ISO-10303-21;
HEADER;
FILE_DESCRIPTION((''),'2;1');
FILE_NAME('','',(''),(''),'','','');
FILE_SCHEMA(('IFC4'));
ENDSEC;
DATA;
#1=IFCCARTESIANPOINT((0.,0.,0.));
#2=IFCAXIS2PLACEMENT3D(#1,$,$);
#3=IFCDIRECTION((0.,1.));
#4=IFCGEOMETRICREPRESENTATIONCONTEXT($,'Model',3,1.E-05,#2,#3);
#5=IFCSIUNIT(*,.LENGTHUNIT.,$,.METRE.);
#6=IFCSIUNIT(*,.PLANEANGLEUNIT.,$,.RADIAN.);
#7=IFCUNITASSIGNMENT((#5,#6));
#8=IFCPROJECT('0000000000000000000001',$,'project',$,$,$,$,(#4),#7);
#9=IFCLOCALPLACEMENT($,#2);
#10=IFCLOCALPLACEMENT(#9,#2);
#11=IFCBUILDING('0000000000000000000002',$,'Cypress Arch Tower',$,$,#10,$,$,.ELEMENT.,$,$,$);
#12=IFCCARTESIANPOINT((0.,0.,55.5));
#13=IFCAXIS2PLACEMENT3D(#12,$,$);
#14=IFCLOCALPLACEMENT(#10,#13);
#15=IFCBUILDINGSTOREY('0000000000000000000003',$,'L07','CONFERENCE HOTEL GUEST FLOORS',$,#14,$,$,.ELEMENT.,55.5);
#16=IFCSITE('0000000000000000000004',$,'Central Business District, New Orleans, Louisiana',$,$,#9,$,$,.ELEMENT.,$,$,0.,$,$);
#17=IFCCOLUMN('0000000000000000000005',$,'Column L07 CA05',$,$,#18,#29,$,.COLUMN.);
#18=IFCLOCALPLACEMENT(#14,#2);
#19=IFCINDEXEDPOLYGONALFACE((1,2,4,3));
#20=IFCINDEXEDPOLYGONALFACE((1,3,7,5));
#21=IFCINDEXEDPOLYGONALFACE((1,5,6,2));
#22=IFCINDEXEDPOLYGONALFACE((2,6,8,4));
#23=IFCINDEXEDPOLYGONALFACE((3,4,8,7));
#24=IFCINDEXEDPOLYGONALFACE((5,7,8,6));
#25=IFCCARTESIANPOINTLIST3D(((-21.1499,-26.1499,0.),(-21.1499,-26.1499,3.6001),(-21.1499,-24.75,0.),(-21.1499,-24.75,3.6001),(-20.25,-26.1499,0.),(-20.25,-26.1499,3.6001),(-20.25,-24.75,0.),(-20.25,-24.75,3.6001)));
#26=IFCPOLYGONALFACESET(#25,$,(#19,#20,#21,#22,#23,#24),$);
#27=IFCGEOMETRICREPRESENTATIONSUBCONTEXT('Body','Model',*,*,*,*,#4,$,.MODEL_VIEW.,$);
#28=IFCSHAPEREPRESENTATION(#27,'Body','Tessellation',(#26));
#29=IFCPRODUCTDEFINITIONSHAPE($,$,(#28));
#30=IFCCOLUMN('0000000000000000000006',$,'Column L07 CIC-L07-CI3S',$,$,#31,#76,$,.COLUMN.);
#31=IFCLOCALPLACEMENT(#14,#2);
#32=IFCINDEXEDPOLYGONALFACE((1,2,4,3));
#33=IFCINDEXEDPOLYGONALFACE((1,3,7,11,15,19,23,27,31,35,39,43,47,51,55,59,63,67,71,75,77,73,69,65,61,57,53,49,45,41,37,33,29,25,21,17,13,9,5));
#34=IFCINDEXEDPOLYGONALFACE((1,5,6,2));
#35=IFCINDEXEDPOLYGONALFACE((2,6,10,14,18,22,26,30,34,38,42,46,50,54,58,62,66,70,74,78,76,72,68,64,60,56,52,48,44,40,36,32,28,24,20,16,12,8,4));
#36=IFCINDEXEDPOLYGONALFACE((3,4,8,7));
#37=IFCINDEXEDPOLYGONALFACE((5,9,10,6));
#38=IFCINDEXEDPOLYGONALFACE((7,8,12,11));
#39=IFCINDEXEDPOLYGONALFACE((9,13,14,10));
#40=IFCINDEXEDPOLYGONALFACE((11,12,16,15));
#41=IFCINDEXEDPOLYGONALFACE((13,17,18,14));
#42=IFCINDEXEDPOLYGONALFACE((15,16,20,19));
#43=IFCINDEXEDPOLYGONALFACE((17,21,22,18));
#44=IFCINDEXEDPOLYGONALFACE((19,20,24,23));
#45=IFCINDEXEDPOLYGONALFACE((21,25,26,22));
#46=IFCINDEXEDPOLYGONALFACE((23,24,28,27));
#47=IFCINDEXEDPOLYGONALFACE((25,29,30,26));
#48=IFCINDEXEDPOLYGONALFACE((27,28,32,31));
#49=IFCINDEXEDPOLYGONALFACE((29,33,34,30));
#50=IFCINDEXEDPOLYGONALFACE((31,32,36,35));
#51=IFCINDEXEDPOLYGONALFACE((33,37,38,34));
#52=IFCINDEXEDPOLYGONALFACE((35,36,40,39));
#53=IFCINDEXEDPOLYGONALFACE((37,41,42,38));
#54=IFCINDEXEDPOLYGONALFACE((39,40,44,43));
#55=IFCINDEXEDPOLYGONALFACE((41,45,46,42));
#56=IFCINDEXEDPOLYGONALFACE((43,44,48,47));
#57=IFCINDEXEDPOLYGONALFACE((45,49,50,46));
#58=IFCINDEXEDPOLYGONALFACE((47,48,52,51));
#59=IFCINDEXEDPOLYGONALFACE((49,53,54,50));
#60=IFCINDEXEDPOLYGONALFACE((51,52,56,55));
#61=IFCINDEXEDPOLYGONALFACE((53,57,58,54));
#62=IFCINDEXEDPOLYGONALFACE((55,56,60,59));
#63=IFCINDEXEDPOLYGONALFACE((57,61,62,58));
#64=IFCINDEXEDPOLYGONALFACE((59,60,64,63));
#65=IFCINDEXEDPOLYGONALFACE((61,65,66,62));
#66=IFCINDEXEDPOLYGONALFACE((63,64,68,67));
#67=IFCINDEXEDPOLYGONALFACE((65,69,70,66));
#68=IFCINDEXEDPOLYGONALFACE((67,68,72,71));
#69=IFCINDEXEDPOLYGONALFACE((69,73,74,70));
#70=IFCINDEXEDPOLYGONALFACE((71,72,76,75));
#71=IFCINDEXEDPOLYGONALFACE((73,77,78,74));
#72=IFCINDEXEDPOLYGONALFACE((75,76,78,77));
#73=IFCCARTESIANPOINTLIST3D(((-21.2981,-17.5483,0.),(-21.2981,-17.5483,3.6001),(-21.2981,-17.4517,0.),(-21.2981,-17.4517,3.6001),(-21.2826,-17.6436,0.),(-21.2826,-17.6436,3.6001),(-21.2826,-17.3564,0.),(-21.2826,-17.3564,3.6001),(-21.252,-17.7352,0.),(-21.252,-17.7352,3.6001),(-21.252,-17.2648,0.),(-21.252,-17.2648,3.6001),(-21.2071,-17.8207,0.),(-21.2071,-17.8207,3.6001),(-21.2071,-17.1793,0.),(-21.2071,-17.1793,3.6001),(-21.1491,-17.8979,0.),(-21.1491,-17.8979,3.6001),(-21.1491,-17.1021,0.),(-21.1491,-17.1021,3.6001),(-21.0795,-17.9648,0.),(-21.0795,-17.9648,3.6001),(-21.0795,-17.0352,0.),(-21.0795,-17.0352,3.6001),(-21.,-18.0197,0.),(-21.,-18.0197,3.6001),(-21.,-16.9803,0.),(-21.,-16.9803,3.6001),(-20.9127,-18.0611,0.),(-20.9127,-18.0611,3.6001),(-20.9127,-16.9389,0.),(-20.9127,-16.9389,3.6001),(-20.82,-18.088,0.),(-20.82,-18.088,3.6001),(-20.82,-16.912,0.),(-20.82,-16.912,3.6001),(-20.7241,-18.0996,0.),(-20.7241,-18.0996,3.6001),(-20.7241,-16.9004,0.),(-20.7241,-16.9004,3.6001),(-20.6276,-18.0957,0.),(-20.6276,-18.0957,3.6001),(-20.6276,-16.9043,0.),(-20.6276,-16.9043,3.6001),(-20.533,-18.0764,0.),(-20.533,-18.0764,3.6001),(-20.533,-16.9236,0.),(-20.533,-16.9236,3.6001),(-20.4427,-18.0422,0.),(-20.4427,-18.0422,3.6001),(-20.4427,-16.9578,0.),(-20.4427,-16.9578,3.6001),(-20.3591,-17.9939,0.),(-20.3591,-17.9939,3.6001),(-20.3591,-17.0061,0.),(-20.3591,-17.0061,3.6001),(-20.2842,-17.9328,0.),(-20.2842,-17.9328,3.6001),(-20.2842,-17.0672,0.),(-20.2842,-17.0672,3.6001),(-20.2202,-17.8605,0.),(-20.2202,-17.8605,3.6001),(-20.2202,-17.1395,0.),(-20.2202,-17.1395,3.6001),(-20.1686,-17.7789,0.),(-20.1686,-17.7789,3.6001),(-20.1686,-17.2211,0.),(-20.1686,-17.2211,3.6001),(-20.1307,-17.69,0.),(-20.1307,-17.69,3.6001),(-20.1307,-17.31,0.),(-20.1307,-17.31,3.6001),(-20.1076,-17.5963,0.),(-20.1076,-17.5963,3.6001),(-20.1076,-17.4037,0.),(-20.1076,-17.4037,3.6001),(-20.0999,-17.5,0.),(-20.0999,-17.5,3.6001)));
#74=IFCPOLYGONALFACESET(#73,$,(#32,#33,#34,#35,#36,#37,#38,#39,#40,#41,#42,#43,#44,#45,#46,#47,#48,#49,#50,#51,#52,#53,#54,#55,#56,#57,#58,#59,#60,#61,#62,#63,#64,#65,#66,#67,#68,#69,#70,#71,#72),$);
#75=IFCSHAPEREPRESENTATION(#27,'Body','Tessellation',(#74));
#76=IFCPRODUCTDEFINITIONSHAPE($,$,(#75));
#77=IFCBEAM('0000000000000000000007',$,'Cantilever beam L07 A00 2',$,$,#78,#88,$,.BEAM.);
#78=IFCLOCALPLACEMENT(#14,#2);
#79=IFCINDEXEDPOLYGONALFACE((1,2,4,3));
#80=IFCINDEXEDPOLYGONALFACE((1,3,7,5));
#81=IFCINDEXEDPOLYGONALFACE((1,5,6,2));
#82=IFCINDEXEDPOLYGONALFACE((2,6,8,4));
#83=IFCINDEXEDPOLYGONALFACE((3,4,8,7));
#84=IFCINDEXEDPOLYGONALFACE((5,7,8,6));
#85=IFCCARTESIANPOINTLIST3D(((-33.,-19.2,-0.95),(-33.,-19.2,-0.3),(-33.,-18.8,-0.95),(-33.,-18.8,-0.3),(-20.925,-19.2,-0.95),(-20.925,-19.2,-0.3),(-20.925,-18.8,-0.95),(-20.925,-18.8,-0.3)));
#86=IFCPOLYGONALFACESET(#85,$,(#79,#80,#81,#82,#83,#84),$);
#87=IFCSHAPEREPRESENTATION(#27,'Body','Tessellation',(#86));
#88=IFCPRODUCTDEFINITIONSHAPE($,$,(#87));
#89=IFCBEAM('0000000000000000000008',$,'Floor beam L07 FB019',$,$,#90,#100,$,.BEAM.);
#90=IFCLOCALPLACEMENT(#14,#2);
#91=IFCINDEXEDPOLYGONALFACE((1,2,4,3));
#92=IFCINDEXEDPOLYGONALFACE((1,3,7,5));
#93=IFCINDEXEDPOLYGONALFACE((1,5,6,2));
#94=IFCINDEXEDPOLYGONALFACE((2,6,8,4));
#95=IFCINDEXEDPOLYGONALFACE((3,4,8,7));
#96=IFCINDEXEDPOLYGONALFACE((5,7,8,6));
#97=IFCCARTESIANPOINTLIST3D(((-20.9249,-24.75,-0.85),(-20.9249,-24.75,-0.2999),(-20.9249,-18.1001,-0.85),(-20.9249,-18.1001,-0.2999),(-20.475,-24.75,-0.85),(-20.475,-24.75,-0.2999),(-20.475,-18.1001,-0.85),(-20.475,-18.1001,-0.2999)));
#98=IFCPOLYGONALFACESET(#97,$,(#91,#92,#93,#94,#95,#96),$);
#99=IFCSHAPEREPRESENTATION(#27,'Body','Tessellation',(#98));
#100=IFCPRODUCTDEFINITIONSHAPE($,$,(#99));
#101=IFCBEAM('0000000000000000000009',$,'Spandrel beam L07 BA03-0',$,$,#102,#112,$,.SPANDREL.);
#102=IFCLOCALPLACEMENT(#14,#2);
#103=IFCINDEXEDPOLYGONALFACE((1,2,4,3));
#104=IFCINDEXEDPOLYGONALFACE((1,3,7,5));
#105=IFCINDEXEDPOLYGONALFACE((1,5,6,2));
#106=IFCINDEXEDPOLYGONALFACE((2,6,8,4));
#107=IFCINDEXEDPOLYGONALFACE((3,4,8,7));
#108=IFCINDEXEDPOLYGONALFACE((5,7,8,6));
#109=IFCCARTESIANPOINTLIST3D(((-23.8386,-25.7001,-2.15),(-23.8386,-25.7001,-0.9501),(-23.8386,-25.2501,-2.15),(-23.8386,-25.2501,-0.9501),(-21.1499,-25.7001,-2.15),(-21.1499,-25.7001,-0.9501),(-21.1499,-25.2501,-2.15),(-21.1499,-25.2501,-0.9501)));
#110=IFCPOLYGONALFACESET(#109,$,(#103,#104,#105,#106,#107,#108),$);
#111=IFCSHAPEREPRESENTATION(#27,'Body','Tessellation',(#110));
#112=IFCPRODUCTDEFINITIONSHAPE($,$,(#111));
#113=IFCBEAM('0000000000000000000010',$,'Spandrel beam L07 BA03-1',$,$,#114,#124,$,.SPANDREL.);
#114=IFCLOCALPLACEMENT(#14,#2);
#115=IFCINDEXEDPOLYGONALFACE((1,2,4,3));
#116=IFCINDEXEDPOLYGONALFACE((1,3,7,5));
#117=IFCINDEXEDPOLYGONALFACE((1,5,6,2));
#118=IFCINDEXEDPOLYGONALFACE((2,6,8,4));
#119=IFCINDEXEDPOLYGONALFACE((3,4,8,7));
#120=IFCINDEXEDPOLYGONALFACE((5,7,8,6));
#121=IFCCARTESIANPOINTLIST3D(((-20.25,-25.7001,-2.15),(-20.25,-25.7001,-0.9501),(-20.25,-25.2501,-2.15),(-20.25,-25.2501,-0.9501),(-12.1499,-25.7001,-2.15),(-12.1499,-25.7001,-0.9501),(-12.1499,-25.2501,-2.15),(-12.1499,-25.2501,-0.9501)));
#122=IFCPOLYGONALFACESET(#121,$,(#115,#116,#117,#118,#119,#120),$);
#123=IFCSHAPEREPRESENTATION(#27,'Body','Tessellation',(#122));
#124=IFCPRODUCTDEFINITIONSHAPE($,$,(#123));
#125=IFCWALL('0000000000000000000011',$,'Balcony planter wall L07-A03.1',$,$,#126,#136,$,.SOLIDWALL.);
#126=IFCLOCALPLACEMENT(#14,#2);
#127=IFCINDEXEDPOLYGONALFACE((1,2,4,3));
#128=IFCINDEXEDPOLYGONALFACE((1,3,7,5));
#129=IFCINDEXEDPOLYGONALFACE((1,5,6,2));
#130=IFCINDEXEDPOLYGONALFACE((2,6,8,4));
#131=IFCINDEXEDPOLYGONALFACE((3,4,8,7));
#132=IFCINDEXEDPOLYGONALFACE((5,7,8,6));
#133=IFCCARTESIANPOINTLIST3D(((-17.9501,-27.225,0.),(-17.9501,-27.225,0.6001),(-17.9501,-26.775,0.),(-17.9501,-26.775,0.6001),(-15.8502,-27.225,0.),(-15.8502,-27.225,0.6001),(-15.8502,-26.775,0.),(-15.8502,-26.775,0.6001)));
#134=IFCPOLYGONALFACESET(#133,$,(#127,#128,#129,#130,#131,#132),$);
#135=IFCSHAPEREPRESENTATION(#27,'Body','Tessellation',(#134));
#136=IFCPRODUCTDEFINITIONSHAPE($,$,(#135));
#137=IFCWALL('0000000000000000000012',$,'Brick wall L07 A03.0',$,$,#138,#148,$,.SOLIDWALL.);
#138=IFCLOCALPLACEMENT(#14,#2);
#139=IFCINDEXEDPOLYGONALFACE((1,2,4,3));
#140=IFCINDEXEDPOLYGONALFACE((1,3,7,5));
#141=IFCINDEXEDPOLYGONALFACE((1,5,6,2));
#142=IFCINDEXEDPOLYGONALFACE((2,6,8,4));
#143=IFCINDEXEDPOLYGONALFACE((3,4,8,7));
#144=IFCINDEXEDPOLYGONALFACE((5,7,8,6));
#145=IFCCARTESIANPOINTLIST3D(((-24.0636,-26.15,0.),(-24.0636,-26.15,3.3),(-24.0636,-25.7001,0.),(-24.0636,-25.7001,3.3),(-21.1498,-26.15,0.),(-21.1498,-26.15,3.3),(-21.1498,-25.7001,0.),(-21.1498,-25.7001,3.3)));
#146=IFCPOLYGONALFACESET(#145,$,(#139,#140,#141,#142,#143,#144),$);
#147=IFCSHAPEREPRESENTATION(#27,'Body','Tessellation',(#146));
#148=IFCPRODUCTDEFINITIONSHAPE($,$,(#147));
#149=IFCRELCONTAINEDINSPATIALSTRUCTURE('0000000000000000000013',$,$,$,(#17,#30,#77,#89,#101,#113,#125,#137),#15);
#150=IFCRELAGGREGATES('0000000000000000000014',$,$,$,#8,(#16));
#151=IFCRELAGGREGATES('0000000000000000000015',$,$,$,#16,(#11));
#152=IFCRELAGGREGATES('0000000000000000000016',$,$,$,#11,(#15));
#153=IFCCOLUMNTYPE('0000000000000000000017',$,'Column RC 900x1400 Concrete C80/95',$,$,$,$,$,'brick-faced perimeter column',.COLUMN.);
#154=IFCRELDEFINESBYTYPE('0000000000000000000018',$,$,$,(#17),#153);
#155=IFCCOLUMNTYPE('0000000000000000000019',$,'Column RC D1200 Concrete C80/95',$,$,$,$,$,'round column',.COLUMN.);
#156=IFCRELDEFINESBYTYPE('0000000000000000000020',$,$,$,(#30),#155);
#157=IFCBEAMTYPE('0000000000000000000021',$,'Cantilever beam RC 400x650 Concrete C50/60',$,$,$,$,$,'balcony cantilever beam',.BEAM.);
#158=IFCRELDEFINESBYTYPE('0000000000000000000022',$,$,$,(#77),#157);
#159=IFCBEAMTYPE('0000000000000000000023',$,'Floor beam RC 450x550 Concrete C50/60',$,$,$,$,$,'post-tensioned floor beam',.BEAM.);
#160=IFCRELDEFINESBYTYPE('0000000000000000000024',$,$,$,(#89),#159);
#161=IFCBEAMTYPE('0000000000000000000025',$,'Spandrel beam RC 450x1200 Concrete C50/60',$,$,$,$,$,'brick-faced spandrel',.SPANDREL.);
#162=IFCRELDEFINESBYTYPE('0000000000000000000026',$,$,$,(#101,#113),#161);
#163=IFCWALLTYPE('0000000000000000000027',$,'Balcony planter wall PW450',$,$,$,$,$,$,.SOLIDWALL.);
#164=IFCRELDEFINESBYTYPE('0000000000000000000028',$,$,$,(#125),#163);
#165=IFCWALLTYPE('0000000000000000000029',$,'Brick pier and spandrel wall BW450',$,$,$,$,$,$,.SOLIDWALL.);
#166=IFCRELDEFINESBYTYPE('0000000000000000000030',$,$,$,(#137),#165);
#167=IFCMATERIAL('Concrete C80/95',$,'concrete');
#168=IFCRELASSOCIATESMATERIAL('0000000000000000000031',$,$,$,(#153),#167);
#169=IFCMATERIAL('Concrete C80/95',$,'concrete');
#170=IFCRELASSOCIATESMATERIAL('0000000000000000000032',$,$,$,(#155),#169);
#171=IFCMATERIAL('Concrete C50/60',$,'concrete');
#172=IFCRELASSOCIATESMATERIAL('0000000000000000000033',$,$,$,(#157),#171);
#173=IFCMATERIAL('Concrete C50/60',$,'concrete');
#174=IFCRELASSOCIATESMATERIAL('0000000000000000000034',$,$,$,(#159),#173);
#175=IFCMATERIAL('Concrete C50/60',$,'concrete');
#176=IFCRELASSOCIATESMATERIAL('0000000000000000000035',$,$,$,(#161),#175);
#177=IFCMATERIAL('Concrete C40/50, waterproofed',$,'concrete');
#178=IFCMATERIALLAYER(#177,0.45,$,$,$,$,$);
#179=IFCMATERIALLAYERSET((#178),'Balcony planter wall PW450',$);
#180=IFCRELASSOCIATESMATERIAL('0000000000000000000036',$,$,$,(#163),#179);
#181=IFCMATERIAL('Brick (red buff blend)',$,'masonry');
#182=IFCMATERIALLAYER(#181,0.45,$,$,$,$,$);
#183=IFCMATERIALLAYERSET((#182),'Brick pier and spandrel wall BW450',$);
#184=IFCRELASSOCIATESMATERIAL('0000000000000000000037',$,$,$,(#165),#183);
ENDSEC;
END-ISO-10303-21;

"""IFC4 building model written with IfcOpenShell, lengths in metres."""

from ifc_helpers import new_model, si_unit, direction, frame, frame_2d, origin, origin_2d, place, context, subcontext, project, spatial, rectangle, circle, extrude, material, layer, layer_set, material_profile, profile_set, type_object, element, save


model = new_model("IFC4")

# Units and contexts
model_context = context("Model", 3, precision=1e-05, world=origin(), true_north=direction((0.0, 1.0)))
body_context = subcontext(model_context, "Body", "Model", "MODEL_VIEW")
ifc_project = project(units=[si_unit("LENGTHUNIT", "METRE"), si_unit("PLANEANGLEUNIT", "RADIAN")], contexts=[model_context])

# Site, building, storey
site_placement = place(None, origin())
site = spatial("IfcSite", under=ifc_project, at=site_placement, Name="Central Business District, New Orleans, Louisiana", CompositionType="ELEMENT", RefElevation=0.0)
building_placement = place(site_placement, origin())
building = spatial("IfcBuilding", under=site, at=building_placement, Name="Cypress Arch Tower", CompositionType="ELEMENT")
storey_placement = place(building_placement, frame((0.0, 0.0, 55.5)))
storey = spatial("IfcBuildingStorey", under=building, at=storey_placement, Name="L07", Description="CONFERENCE HOTEL GUEST FLOORS", CompositionType="ELEMENT", Elevation=55.5)

# Columns
ifc_material_1 = material(Name="Concrete C80/95", Category="concrete")
ifc_material_profile_1 = material_profile(ifc_material_1, rectangle(XDim=0.8999, YDim=1.3999, at=origin_2d()), Name="RC 900x1400")
ifc_profile_set_1 = profile_set([ifc_material_profile_1], Name="Concrete C80/95")
column_type_1 = type_object("IfcColumnType", Name="Column RC 900x1400 Concrete C80/95", ElementType="brick-faced perimeter column", PredefinedType="COLUMN", material=ifc_profile_set_1)
column_1_placement = place(storey_placement, frame((-20.7, -25.45, 0.0), z_axis=(0.0, 0.0, 1.0), x_axis=(1.0, 0.0, 0.0)))
element("IfcColumn", 1, at=column_1_placement, inside=storey, type_object=column_type_1, Name="Column L07 CA05", PredefinedType="COLUMN", context=body_context, shape_type="SweptSolid", body=[
    extrude(rectangle(XDim=0.8999, YDim=1.3999, at=origin_2d()), origin(), (0.0, 0.0, 1.0), 3.6001),
])
ifc_material_2 = material(Name="Concrete C80/95", Category="concrete")
ifc_material_profile_2 = material_profile(ifc_material_2, circle(Radius=0.6001, at=origin_2d()), Name="RC D1200")
ifc_profile_set_2 = profile_set([ifc_material_profile_2], Name="Concrete C80/95")
column_type_2 = type_object("IfcColumnType", Name="Column RC D1200 Concrete C80/95", ElementType="round column", PredefinedType="COLUMN", material=ifc_profile_set_2)
column_2_placement = place(storey_placement, frame((-20.7, -17.5, 0.0), z_axis=(0.0, 0.0, 1.0), x_axis=(1.0, 0.0, 0.0)))
element("IfcColumn", 2, at=column_2_placement, inside=storey, type_object=column_type_2, Name="Column L07 CIC-L07-CI3S", PredefinedType="COLUMN", context=body_context, shape_type="SweptSolid", body=[
    extrude(circle(Radius=0.6001, at=origin_2d()), origin(), (0.0, 0.0, 1.0), 3.6001),
])

# Beams
ifc_material_3 = material(Name="Concrete C50/60", Category="concrete")
ifc_material_profile_3 = material_profile(ifc_material_3, rectangle(XDim=0.3999, YDim=0.6499, at=origin_2d()), Name="RC 400x650")
ifc_profile_set_3 = profile_set([ifc_material_profile_3], Name="Concrete C50/60")
beam_type_1 = type_object("IfcBeamType", Name="Cantilever beam RC 400x650 Concrete C50/60", ElementType="balcony cantilever beam", PredefinedType="BEAM", material=ifc_profile_set_3)
beam_1_placement = place(storey_placement, frame((-20.925, -19.0, -0.625), z_axis=(-1.0, 0.0, 0.0), x_axis=(0.0, -1.0, 0.0)))
element("IfcBeam", 3, at=beam_1_placement, inside=storey, type_object=beam_type_1, Name="Cantilever beam L07 A00 2", PredefinedType="BEAM", context=body_context, shape_type="SweptSolid", body=[
    extrude(rectangle(XDim=0.3999, YDim=0.6499, at=origin_2d()), origin(), (0.0, 0.0, 1.0), 12.075),
])
ifc_material_4 = material(Name="Concrete C50/60", Category="concrete")
ifc_material_profile_4 = material_profile(ifc_material_4, rectangle(XDim=0.45, YDim=0.55, at=origin_2d()), Name="RC 450x550")
ifc_profile_set_4 = profile_set([ifc_material_profile_4], Name="Concrete C50/60")
beam_type_2 = type_object("IfcBeamType", Name="Floor beam RC 450x550 Concrete C50/60", ElementType="post-tensioned floor beam", PredefinedType="BEAM", material=ifc_profile_set_4)
beam_2_placement = place(storey_placement, frame((-20.7, -24.75, -0.575), z_axis=(0.0, 1.0, 0.0), x_axis=(-1.0, 0.0, 0.0)))
element("IfcBeam", 4, at=beam_2_placement, inside=storey, type_object=beam_type_2, Name="Floor beam L07 FB019", PredefinedType="BEAM", context=body_context, shape_type="SweptSolid", body=[
    extrude(rectangle(XDim=0.45, YDim=0.55, at=origin_2d()), origin(), (0.0, 0.0, 1.0), 6.6499),
])
ifc_material_5 = material(Name="Concrete C50/60", Category="concrete")
ifc_material_profile_5 = material_profile(ifc_material_5, rectangle(XDim=0.45, YDim=1.2, at=origin_2d()), Name="RC 450x1200")
ifc_profile_set_5 = profile_set([ifc_material_profile_5], Name="Concrete C50/60")
beam_type_3 = type_object("IfcBeamType", Name="Spandrel beam RC 450x1200 Concrete C50/60", ElementType="brick-faced spandrel", PredefinedType="SPANDREL", material=ifc_profile_set_5)
beam_3_placement = place(storey_placement, frame((-23.8386, -25.4751, -1.55), z_axis=(1.0, 0.0, 0.0), x_axis=(0.0, 1.0, 0.0)))
element("IfcBeam", 5, at=beam_3_placement, inside=storey, type_object=beam_type_3, Name="Spandrel beam L07 BA03-0", PredefinedType="SPANDREL", context=body_context, shape_type="SweptSolid", body=[
    extrude(rectangle(XDim=0.45, YDim=1.2, at=origin_2d()), origin(), (0.0, 0.0, 1.0), 2.6887),
])
beam_4_placement = place(storey_placement, frame((-20.25, -25.4751, -1.55), z_axis=(1.0, 0.0, 0.0), x_axis=(0.0, 1.0, 0.0)))
element("IfcBeam", 6, at=beam_4_placement, inside=storey, type_object=beam_type_3, Name="Spandrel beam L07 BA03-1", PredefinedType="SPANDREL", context=body_context, shape_type="SweptSolid", body=[
    extrude(rectangle(XDim=0.45, YDim=1.2, at=origin_2d()), origin(), (0.0, 0.0, 1.0), 8.1001),
])

# Walls
ifc_material_6 = material(Name="Concrete C40/50, waterproofed", Category="concrete")
ifc_layer_1 = layer(ifc_material_6, 0.45)
ifc_layer_set_1 = layer_set([ifc_layer_1], Name="Balcony planter wall PW450")
wall_type_1 = type_object("IfcWallType", Name="Balcony planter wall PW450", PredefinedType="SOLIDWALL", material=ifc_layer_set_1)
wall_1_placement = place(storey_placement, frame((-17.95, -27.0, 0.0), z_axis=(0.0, 0.0, 1.0), x_axis=(1.0, 0.0, 0.0)))
element("IfcWall", 7, at=wall_1_placement, inside=storey, type_object=wall_type_1, Name="Balcony planter wall L07-A03.1", PredefinedType="SOLIDWALL", context=body_context, shape_type="SweptSolid", body=[
    extrude(rectangle(XDim=2.0999, YDim=0.45, at=frame_2d((1.0498, 0.0))), origin(), (0.0, 0.0, 1.0), 0.6001),
])
ifc_material_7 = material(Name="Brick (red buff blend)", Category="masonry")
ifc_layer_2 = layer(ifc_material_7, 0.45)
ifc_layer_set_2 = layer_set([ifc_layer_2], Name="Brick pier and spandrel wall BW450")
wall_type_2 = type_object("IfcWallType", Name="Brick pier and spandrel wall BW450", PredefinedType="SOLIDWALL", material=ifc_layer_set_2)
wall_2_placement = place(storey_placement, frame((-24.0637, -25.925, 0.0), z_axis=(0.0, 0.0, 1.0), x_axis=(1.0, 0.0, 0.0)))
element("IfcWall", 8, at=wall_2_placement, inside=storey, type_object=wall_type_2, Name="Brick wall L07 A03.0", PredefinedType="SOLIDWALL", context=body_context, shape_type="SweptSolid", body=[
    extrude(rectangle(XDim=2.9138, YDim=0.45, at=frame_2d((1.457, 0.0))), origin(), (0.0, 0.0, 1.0), 3.3),
])

save(model, "model.ifc")
